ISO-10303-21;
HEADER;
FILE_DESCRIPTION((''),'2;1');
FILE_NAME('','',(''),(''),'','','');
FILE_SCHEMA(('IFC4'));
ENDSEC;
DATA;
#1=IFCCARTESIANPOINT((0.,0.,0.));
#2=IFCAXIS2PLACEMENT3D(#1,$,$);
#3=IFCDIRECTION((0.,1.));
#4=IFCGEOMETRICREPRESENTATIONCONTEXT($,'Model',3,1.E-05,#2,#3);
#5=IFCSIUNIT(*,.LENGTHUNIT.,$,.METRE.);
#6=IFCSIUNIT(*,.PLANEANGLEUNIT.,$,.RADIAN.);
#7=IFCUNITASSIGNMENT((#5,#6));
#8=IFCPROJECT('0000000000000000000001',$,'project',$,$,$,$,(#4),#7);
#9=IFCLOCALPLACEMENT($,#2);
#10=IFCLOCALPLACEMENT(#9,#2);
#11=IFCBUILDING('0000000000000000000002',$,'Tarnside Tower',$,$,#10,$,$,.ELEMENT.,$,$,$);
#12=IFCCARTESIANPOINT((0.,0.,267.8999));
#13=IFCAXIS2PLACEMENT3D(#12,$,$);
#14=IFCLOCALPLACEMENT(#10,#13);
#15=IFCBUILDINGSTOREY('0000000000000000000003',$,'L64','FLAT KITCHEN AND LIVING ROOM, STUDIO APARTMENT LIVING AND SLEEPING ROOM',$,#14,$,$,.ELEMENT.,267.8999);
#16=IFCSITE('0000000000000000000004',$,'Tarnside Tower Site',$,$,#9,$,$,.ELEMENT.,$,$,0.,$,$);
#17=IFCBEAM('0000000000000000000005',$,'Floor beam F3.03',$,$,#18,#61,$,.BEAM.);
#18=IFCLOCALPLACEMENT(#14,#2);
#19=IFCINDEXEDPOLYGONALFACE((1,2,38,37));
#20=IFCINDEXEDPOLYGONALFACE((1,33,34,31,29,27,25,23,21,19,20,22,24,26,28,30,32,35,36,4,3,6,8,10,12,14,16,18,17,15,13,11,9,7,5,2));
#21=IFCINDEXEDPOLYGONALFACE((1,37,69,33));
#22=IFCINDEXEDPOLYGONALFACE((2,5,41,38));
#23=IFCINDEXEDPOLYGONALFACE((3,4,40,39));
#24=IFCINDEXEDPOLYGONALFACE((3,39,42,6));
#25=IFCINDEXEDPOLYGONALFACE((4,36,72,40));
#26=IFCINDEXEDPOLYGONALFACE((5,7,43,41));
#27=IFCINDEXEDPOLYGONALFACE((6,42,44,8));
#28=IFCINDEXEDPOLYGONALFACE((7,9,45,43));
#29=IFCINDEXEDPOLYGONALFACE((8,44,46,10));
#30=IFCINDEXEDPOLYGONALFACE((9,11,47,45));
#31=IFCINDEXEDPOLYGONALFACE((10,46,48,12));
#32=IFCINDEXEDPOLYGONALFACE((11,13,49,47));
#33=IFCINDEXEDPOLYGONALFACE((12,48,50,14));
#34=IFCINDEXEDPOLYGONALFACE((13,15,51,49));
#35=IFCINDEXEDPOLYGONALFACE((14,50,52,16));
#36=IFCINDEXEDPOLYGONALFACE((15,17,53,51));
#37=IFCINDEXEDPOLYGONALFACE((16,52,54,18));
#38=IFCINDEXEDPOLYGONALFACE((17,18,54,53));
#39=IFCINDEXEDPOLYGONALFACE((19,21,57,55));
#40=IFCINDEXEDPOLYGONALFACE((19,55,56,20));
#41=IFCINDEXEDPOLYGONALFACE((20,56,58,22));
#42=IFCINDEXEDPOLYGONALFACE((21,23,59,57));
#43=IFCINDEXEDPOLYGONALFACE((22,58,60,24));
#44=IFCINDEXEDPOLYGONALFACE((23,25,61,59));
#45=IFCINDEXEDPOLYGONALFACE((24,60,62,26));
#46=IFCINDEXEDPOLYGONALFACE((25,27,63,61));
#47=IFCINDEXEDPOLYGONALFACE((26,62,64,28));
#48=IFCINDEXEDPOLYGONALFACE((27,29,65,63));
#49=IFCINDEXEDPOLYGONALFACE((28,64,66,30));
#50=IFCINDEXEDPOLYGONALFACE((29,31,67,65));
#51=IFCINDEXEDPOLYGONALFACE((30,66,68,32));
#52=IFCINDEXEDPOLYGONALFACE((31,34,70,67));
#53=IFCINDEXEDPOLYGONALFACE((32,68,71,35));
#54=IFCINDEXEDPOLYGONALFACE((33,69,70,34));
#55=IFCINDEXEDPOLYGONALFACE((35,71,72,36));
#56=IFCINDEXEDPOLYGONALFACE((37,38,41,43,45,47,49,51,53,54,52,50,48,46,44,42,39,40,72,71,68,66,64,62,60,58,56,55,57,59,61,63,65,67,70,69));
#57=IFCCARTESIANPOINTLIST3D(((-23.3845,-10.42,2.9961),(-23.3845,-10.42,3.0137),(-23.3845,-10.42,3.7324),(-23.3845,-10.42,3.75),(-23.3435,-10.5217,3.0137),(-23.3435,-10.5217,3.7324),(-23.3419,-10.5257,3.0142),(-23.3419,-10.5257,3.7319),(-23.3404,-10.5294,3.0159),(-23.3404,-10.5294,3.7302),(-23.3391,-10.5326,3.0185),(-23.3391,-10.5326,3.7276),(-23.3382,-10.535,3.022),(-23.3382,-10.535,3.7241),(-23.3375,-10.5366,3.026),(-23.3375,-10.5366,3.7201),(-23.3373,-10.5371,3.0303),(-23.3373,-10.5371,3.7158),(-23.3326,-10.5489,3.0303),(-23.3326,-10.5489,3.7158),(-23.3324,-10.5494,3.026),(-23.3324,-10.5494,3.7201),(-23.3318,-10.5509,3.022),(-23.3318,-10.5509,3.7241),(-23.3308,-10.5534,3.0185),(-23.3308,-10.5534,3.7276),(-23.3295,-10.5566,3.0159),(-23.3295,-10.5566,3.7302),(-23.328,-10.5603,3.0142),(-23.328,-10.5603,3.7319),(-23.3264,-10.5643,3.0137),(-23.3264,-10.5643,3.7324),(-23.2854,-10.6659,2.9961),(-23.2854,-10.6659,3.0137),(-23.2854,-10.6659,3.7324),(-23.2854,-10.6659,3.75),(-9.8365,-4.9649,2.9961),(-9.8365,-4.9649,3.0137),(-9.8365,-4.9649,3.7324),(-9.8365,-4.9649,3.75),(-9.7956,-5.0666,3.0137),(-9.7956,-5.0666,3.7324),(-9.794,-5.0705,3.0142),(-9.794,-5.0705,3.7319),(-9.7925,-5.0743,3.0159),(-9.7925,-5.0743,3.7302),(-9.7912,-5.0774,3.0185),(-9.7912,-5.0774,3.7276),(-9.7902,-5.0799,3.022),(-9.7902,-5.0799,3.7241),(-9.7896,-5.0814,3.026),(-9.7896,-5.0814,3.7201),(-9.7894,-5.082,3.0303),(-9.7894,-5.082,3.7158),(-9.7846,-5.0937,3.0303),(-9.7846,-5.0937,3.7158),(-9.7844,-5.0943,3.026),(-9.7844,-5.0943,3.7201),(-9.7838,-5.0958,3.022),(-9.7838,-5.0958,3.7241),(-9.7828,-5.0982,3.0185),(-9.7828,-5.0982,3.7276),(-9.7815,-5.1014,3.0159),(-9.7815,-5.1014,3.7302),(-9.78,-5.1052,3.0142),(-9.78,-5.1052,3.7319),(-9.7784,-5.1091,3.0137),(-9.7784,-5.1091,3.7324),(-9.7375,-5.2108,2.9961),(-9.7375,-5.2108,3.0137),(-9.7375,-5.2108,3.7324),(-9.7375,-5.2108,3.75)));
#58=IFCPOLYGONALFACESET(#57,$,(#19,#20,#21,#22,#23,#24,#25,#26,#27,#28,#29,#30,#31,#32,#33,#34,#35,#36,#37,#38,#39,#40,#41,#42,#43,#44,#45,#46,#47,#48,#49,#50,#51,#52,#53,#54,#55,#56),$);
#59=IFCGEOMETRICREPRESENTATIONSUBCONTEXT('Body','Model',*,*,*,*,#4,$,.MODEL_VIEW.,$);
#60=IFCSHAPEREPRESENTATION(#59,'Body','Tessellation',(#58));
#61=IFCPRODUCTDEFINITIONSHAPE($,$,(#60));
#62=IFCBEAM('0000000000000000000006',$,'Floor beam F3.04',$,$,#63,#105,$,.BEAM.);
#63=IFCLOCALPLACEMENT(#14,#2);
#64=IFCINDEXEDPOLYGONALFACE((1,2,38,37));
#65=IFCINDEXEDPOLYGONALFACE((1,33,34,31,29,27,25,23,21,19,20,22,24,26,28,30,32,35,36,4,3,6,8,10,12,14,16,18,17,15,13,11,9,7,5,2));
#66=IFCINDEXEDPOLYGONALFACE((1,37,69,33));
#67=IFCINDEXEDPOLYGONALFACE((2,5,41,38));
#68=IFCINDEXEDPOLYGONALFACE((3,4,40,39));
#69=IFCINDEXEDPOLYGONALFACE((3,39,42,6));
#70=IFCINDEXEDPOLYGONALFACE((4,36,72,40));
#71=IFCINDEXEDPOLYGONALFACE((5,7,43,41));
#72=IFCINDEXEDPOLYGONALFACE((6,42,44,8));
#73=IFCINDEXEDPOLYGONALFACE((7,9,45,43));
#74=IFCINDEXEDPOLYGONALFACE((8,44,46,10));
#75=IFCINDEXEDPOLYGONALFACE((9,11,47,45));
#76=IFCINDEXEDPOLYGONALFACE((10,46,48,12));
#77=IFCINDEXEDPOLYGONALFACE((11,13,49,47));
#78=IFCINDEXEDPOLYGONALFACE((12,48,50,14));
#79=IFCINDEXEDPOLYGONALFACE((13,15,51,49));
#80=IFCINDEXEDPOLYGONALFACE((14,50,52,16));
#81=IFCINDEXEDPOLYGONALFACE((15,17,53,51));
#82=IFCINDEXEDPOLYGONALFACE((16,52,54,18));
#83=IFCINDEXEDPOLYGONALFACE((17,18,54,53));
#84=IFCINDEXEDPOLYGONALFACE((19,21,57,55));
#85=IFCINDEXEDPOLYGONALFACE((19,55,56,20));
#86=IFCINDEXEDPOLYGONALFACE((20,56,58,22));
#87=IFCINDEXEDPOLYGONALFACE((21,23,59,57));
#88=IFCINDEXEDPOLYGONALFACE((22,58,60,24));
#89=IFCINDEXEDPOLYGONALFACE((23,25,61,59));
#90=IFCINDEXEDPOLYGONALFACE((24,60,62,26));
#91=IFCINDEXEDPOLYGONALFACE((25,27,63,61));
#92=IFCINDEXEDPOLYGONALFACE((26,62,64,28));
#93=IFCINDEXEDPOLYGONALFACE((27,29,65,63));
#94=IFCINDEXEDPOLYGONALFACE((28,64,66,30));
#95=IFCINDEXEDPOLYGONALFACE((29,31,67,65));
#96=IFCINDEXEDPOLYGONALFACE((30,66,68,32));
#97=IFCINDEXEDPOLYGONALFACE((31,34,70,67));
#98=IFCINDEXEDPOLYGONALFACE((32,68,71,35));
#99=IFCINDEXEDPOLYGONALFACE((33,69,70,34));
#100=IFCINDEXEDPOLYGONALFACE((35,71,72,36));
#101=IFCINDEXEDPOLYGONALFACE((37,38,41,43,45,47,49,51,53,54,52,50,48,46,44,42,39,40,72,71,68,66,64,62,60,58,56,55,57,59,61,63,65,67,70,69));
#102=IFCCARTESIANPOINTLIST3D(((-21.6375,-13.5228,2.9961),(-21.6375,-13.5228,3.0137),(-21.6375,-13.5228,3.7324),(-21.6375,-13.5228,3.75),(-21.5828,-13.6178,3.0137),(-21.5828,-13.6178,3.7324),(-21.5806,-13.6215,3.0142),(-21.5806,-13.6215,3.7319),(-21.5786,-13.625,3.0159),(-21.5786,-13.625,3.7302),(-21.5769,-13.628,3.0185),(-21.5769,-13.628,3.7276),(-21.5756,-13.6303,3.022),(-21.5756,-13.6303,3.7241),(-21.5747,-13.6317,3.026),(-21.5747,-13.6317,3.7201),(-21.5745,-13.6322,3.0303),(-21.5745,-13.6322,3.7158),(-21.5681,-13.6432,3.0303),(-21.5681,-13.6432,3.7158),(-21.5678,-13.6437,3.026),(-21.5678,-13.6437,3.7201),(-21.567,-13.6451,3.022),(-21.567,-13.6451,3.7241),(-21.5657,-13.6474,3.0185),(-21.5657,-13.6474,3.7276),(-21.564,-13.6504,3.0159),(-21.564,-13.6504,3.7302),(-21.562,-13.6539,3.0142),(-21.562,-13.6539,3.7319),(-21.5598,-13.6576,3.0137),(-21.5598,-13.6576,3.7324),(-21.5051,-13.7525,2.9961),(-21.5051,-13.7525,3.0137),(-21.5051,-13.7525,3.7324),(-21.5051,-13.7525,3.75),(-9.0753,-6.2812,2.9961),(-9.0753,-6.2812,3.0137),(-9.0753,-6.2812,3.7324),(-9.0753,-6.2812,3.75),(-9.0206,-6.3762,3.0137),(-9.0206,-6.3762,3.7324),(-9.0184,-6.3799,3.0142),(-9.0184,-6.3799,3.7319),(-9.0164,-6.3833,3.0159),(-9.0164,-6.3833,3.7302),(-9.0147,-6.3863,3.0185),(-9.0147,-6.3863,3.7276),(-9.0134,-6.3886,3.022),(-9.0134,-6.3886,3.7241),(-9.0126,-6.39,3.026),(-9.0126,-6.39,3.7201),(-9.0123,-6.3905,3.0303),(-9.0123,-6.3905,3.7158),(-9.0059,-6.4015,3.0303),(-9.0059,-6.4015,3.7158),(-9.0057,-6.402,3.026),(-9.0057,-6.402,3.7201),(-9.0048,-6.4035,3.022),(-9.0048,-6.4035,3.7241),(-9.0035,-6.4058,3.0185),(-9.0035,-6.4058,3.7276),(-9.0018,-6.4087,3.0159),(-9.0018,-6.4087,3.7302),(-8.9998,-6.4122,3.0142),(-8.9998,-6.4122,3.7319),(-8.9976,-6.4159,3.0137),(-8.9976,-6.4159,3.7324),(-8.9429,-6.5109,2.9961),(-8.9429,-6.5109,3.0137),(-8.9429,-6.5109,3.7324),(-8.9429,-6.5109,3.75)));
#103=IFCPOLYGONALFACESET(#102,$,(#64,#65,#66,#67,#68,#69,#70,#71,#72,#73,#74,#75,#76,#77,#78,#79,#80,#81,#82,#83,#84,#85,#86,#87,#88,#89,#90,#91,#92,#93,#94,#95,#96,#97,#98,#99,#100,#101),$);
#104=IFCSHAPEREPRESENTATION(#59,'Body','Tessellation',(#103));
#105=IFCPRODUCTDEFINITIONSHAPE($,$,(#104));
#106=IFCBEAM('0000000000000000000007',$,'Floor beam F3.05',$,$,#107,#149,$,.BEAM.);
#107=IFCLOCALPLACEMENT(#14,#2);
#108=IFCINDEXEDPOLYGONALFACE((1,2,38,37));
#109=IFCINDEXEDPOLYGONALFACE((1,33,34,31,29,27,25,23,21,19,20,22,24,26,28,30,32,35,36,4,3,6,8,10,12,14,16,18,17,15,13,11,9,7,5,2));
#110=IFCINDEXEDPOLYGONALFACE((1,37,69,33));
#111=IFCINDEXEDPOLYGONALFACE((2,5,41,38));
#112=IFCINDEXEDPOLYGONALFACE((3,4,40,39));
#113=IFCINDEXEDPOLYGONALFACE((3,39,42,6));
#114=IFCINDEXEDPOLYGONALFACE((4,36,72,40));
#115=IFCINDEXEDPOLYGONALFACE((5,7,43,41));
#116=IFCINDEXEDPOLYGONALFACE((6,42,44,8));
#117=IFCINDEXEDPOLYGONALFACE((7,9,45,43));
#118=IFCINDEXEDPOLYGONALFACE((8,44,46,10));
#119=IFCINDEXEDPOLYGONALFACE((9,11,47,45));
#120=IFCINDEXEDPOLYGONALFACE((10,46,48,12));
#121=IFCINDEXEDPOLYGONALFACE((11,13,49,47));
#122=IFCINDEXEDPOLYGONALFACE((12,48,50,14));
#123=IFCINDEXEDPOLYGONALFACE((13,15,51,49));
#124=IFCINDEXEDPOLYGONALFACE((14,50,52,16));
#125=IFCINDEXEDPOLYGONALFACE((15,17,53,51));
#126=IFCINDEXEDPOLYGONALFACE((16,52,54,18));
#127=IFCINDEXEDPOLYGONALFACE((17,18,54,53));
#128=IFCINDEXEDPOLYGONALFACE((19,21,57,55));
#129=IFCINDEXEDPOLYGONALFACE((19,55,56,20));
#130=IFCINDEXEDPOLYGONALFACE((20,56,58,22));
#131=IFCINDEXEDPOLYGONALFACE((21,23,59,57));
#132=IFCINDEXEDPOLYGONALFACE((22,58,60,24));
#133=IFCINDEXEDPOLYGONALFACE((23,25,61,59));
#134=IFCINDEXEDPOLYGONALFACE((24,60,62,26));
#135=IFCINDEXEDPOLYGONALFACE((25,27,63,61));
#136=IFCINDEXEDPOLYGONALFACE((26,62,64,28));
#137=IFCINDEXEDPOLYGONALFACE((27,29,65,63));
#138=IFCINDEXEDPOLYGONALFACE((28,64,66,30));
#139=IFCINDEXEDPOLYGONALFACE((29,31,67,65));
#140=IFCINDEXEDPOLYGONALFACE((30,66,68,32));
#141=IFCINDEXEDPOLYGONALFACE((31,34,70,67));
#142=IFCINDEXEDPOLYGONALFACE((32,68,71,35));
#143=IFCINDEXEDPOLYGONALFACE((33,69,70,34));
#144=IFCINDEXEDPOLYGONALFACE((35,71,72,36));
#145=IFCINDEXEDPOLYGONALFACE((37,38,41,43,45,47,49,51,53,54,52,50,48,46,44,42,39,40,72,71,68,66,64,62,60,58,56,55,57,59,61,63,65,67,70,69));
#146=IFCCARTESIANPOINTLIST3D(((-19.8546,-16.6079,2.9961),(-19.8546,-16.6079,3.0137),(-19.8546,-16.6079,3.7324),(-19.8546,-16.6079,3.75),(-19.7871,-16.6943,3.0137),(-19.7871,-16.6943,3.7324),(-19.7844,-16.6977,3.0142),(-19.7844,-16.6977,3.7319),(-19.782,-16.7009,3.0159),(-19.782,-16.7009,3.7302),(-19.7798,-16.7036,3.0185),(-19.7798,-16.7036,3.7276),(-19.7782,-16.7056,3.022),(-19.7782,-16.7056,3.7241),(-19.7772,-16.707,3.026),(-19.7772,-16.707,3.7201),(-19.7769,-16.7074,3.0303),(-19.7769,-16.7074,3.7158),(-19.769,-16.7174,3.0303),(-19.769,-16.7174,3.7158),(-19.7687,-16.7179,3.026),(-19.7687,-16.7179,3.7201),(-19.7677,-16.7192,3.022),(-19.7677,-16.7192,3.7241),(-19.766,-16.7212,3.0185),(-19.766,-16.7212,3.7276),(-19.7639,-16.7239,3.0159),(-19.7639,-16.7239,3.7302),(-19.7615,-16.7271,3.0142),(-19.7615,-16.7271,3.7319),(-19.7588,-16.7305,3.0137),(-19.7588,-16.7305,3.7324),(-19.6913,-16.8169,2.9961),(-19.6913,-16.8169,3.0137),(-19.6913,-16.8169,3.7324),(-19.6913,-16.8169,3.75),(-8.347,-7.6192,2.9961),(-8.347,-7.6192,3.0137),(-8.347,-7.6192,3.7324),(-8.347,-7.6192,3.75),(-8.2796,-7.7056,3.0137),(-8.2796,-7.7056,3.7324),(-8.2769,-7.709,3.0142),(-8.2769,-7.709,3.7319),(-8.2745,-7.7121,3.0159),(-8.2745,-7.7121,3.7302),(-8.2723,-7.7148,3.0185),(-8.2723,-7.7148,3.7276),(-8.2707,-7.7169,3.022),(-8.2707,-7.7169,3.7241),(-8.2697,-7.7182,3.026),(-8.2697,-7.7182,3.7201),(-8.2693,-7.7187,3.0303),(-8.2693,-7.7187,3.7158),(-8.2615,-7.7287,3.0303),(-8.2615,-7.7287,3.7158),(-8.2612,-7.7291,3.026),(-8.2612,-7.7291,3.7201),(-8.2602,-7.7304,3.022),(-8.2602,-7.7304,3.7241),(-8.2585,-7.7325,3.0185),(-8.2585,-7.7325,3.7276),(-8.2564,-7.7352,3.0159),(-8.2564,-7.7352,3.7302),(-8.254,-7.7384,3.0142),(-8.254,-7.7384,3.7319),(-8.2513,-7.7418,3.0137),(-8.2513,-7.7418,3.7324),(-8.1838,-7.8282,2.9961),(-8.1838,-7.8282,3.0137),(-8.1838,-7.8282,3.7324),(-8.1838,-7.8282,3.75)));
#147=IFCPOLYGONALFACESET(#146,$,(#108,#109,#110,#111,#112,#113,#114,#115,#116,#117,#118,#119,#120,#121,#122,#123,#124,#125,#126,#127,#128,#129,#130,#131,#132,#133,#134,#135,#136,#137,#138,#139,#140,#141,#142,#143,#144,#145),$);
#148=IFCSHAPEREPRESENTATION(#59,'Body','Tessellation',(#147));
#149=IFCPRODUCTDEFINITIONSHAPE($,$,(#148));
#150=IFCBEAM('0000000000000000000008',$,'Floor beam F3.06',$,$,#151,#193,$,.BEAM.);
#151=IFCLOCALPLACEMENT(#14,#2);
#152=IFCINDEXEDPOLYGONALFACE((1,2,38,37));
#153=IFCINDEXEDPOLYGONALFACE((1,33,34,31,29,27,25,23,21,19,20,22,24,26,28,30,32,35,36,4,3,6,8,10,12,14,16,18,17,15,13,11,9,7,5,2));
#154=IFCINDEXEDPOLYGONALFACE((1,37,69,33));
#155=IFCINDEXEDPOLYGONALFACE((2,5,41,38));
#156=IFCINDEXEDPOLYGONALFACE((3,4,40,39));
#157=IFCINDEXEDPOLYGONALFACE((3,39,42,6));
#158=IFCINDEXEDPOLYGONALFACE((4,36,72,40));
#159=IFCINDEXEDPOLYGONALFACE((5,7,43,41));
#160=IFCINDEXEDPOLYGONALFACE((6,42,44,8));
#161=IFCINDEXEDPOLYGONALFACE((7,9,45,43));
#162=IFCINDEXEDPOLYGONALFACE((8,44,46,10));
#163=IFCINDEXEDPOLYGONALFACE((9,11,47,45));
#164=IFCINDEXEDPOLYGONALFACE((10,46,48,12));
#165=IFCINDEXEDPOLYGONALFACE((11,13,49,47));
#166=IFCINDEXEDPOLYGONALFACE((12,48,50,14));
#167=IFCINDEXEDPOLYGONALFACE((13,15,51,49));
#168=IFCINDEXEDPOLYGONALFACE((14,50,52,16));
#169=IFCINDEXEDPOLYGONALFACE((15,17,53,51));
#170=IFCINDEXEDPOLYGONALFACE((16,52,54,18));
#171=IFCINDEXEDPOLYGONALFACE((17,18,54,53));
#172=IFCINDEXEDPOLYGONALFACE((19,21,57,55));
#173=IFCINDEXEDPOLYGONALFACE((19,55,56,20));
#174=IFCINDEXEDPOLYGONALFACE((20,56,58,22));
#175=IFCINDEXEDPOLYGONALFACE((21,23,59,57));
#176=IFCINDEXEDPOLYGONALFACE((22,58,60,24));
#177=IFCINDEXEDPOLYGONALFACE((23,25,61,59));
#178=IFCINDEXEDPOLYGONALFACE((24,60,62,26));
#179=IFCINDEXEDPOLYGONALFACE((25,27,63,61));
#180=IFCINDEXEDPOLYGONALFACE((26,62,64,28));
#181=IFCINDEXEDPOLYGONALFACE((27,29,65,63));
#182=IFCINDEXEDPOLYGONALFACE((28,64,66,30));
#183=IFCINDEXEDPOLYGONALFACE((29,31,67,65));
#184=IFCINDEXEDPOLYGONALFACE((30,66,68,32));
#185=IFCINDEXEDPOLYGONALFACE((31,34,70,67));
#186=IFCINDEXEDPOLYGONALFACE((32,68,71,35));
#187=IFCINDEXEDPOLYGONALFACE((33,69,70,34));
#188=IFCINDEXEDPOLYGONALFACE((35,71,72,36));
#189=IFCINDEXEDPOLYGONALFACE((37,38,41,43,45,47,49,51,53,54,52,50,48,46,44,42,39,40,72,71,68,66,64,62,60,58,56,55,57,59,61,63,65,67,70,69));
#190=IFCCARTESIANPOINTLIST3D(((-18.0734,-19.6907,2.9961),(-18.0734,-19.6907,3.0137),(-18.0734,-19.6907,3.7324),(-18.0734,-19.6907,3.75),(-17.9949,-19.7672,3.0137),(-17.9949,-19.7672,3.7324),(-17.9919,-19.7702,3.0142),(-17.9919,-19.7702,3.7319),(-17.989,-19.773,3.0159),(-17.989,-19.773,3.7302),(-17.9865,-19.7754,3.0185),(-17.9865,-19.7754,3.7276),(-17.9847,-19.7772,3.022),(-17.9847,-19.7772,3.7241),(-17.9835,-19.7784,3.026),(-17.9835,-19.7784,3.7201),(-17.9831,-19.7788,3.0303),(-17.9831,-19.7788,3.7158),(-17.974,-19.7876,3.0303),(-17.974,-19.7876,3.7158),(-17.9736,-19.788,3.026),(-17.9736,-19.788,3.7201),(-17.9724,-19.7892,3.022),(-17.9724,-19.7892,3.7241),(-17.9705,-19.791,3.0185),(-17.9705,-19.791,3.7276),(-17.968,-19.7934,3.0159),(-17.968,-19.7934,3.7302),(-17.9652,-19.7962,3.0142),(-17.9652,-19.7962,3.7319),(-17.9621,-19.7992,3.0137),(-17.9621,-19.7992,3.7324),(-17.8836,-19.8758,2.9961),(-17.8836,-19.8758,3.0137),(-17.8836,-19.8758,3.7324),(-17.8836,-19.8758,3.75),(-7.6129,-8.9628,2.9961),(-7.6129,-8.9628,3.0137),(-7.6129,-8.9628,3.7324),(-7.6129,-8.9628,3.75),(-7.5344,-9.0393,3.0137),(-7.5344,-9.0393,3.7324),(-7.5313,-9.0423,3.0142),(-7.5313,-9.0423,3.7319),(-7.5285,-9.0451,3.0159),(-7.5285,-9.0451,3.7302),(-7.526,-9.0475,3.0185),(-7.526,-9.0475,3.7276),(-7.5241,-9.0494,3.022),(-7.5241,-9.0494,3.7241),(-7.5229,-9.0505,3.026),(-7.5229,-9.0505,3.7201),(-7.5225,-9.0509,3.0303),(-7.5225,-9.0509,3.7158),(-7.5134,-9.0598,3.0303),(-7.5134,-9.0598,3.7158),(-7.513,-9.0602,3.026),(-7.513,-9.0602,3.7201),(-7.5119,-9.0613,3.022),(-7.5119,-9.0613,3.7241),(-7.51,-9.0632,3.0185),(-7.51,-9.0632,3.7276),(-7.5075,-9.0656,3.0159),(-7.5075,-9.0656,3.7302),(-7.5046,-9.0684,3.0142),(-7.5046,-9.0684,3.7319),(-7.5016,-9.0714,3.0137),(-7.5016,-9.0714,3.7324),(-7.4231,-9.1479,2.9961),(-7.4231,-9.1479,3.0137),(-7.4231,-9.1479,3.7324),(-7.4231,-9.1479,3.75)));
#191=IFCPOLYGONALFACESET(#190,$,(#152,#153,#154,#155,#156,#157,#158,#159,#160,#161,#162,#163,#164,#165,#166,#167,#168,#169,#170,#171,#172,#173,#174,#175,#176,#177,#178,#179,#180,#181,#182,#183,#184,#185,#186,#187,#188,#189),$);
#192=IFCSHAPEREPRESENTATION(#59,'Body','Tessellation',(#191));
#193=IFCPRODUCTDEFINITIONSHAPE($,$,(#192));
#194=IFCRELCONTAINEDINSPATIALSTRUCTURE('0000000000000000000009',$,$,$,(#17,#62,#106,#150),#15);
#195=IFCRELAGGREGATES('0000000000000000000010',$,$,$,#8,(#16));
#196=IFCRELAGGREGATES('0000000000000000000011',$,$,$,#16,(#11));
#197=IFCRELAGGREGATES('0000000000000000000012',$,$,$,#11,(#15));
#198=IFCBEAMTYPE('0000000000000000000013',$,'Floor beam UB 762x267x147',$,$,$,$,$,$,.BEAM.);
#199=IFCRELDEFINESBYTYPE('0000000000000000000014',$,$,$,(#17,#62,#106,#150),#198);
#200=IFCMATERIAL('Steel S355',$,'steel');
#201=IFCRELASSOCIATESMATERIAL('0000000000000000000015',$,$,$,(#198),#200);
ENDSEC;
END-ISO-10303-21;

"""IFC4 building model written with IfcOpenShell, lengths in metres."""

from ifc_helpers import new_model, si_unit, direction, frame, origin, origin_2d, place, context, subcontext, project, spatial, i_section, extrude, material, material_profile, profile_set, type_object, element, save


model = new_model("IFC4")

# Units and contexts
model_context = context("Model", 3, precision=1e-05, world=origin(), true_north=direction((0.0, 1.0)))
body_context = subcontext(model_context, "Body", "Model", "MODEL_VIEW")
ifc_project = project(units=[si_unit("LENGTHUNIT", "METRE"), si_unit("PLANEANGLEUNIT", "RADIAN")], contexts=[model_context])

# Site, building, storey
site_placement = place(None, origin())
site = spatial("IfcSite", under=ifc_project, at=site_placement, Name="Tarnside Tower Site", CompositionType="ELEMENT", RefElevation=0.0)
building_placement = place(site_placement, origin())
building = spatial("IfcBuilding", under=site, at=building_placement, Name="Tarnside Tower", CompositionType="ELEMENT")
storey_placement = place(building_placement, frame((0.0, 0.0, 267.8999)))
storey = spatial("IfcBuildingStorey", under=building, at=storey_placement, Name="L64", Description="FLAT KITCHEN AND LIVING ROOM, STUDIO APARTMENT LIVING AND SLEEPING ROOM", CompositionType="ELEMENT", Elevation=267.8999)

# Beams
ifc_material_1 = material(Name="Steel S355", Category="steel")
ifc_material_profile_1 = material_profile(ifc_material_1, i_section(OverallWidth=0.2651, OverallDepth=0.7539, WebThickness=0.0127, FlangeThickness=0.0176, FilletRadius=0.0166, at=origin_2d()), Name="UB 762x267x147")
ifc_profile_set_1 = profile_set([ifc_material_profile_1], Name="Steel S355")
beam_type_1 = type_object("IfcBeamType", Name="Floor beam UB 762x267x147", PredefinedType="BEAM", material=ifc_profile_set_1)
beam_1_placement = place(storey_placement, frame((-23.335, -10.543, 3.373), z_axis=(0.927626, 0.373511, 0.0), x_axis=(-0.373511, 0.927626, 0.0)))
element("IfcBeam", 1, at=beam_1_placement, inside=storey, type_object=beam_type_1, Name="Floor beam F3.03", PredefinedType="BEAM", context=body_context, shape_type="SweptSolid", body=[
    extrude(i_section(OverallWidth=0.2651, OverallDepth=0.7539, WebThickness=0.0127, FlangeThickness=0.0176, FilletRadius=0.0166, at=origin_2d()), origin(), (0.0, 0.0, 1.0), 14.605),
])
beam_2_placement = place(storey_placement, frame((-21.5713, -13.6377, 3.373), z_axis=(0.866357, 0.499425, 0.0), x_axis=(-0.499425, 0.866357, 0.0)))
element("IfcBeam", 2, at=beam_2_placement, inside=storey, type_object=beam_type_1, Name="Floor beam F3.04", PredefinedType="BEAM", context=body_context, shape_type="SweptSolid", body=[
    extrude(i_section(OverallWidth=0.2651, OverallDepth=0.7539, WebThickness=0.0127, FlangeThickness=0.0176, FilletRadius=0.0166, at=origin_2d()), origin(), (0.0, 0.0, 1.0), 14.5),
])
beam_3_placement = place(storey_placement, frame((-19.7729, -16.7124, 3.373), z_axis=(0.788075, 0.615579, 0.0), x_axis=(-0.615579, 0.788075, 0.0)))
element("IfcBeam", 3, at=beam_3_placement, inside=storey, type_object=beam_type_1, Name="Floor beam F3.05", PredefinedType="BEAM", context=body_context, shape_type="SweptSolid", body=[
    extrude(i_section(OverallWidth=0.2651, OverallDepth=0.7539, WebThickness=0.0127, FlangeThickness=0.0176, FilletRadius=0.0166, at=origin_2d()), origin(), (0.0, 0.0, 1.0), 14.6021),
])
beam_4_placement = place(storey_placement, frame((-17.9785, -19.7832, 3.373), z_axis=(0.69813, 0.715971, 0.0), x_axis=(-0.715971, 0.69813, 0.0)))
element("IfcBeam", 4, at=beam_4_placement, inside=storey, type_object=beam_type_1, Name="Floor beam F3.06", PredefinedType="BEAM", context=body_context, shape_type="SweptSolid", body=[
    extrude(i_section(OverallWidth=0.2651, OverallDepth=0.7539, WebThickness=0.0127, FlangeThickness=0.0176, FilletRadius=0.0166, at=origin_2d()), origin(), (0.0, 0.0, 1.0), 14.9836),
])

save(model, "model.ifc")
